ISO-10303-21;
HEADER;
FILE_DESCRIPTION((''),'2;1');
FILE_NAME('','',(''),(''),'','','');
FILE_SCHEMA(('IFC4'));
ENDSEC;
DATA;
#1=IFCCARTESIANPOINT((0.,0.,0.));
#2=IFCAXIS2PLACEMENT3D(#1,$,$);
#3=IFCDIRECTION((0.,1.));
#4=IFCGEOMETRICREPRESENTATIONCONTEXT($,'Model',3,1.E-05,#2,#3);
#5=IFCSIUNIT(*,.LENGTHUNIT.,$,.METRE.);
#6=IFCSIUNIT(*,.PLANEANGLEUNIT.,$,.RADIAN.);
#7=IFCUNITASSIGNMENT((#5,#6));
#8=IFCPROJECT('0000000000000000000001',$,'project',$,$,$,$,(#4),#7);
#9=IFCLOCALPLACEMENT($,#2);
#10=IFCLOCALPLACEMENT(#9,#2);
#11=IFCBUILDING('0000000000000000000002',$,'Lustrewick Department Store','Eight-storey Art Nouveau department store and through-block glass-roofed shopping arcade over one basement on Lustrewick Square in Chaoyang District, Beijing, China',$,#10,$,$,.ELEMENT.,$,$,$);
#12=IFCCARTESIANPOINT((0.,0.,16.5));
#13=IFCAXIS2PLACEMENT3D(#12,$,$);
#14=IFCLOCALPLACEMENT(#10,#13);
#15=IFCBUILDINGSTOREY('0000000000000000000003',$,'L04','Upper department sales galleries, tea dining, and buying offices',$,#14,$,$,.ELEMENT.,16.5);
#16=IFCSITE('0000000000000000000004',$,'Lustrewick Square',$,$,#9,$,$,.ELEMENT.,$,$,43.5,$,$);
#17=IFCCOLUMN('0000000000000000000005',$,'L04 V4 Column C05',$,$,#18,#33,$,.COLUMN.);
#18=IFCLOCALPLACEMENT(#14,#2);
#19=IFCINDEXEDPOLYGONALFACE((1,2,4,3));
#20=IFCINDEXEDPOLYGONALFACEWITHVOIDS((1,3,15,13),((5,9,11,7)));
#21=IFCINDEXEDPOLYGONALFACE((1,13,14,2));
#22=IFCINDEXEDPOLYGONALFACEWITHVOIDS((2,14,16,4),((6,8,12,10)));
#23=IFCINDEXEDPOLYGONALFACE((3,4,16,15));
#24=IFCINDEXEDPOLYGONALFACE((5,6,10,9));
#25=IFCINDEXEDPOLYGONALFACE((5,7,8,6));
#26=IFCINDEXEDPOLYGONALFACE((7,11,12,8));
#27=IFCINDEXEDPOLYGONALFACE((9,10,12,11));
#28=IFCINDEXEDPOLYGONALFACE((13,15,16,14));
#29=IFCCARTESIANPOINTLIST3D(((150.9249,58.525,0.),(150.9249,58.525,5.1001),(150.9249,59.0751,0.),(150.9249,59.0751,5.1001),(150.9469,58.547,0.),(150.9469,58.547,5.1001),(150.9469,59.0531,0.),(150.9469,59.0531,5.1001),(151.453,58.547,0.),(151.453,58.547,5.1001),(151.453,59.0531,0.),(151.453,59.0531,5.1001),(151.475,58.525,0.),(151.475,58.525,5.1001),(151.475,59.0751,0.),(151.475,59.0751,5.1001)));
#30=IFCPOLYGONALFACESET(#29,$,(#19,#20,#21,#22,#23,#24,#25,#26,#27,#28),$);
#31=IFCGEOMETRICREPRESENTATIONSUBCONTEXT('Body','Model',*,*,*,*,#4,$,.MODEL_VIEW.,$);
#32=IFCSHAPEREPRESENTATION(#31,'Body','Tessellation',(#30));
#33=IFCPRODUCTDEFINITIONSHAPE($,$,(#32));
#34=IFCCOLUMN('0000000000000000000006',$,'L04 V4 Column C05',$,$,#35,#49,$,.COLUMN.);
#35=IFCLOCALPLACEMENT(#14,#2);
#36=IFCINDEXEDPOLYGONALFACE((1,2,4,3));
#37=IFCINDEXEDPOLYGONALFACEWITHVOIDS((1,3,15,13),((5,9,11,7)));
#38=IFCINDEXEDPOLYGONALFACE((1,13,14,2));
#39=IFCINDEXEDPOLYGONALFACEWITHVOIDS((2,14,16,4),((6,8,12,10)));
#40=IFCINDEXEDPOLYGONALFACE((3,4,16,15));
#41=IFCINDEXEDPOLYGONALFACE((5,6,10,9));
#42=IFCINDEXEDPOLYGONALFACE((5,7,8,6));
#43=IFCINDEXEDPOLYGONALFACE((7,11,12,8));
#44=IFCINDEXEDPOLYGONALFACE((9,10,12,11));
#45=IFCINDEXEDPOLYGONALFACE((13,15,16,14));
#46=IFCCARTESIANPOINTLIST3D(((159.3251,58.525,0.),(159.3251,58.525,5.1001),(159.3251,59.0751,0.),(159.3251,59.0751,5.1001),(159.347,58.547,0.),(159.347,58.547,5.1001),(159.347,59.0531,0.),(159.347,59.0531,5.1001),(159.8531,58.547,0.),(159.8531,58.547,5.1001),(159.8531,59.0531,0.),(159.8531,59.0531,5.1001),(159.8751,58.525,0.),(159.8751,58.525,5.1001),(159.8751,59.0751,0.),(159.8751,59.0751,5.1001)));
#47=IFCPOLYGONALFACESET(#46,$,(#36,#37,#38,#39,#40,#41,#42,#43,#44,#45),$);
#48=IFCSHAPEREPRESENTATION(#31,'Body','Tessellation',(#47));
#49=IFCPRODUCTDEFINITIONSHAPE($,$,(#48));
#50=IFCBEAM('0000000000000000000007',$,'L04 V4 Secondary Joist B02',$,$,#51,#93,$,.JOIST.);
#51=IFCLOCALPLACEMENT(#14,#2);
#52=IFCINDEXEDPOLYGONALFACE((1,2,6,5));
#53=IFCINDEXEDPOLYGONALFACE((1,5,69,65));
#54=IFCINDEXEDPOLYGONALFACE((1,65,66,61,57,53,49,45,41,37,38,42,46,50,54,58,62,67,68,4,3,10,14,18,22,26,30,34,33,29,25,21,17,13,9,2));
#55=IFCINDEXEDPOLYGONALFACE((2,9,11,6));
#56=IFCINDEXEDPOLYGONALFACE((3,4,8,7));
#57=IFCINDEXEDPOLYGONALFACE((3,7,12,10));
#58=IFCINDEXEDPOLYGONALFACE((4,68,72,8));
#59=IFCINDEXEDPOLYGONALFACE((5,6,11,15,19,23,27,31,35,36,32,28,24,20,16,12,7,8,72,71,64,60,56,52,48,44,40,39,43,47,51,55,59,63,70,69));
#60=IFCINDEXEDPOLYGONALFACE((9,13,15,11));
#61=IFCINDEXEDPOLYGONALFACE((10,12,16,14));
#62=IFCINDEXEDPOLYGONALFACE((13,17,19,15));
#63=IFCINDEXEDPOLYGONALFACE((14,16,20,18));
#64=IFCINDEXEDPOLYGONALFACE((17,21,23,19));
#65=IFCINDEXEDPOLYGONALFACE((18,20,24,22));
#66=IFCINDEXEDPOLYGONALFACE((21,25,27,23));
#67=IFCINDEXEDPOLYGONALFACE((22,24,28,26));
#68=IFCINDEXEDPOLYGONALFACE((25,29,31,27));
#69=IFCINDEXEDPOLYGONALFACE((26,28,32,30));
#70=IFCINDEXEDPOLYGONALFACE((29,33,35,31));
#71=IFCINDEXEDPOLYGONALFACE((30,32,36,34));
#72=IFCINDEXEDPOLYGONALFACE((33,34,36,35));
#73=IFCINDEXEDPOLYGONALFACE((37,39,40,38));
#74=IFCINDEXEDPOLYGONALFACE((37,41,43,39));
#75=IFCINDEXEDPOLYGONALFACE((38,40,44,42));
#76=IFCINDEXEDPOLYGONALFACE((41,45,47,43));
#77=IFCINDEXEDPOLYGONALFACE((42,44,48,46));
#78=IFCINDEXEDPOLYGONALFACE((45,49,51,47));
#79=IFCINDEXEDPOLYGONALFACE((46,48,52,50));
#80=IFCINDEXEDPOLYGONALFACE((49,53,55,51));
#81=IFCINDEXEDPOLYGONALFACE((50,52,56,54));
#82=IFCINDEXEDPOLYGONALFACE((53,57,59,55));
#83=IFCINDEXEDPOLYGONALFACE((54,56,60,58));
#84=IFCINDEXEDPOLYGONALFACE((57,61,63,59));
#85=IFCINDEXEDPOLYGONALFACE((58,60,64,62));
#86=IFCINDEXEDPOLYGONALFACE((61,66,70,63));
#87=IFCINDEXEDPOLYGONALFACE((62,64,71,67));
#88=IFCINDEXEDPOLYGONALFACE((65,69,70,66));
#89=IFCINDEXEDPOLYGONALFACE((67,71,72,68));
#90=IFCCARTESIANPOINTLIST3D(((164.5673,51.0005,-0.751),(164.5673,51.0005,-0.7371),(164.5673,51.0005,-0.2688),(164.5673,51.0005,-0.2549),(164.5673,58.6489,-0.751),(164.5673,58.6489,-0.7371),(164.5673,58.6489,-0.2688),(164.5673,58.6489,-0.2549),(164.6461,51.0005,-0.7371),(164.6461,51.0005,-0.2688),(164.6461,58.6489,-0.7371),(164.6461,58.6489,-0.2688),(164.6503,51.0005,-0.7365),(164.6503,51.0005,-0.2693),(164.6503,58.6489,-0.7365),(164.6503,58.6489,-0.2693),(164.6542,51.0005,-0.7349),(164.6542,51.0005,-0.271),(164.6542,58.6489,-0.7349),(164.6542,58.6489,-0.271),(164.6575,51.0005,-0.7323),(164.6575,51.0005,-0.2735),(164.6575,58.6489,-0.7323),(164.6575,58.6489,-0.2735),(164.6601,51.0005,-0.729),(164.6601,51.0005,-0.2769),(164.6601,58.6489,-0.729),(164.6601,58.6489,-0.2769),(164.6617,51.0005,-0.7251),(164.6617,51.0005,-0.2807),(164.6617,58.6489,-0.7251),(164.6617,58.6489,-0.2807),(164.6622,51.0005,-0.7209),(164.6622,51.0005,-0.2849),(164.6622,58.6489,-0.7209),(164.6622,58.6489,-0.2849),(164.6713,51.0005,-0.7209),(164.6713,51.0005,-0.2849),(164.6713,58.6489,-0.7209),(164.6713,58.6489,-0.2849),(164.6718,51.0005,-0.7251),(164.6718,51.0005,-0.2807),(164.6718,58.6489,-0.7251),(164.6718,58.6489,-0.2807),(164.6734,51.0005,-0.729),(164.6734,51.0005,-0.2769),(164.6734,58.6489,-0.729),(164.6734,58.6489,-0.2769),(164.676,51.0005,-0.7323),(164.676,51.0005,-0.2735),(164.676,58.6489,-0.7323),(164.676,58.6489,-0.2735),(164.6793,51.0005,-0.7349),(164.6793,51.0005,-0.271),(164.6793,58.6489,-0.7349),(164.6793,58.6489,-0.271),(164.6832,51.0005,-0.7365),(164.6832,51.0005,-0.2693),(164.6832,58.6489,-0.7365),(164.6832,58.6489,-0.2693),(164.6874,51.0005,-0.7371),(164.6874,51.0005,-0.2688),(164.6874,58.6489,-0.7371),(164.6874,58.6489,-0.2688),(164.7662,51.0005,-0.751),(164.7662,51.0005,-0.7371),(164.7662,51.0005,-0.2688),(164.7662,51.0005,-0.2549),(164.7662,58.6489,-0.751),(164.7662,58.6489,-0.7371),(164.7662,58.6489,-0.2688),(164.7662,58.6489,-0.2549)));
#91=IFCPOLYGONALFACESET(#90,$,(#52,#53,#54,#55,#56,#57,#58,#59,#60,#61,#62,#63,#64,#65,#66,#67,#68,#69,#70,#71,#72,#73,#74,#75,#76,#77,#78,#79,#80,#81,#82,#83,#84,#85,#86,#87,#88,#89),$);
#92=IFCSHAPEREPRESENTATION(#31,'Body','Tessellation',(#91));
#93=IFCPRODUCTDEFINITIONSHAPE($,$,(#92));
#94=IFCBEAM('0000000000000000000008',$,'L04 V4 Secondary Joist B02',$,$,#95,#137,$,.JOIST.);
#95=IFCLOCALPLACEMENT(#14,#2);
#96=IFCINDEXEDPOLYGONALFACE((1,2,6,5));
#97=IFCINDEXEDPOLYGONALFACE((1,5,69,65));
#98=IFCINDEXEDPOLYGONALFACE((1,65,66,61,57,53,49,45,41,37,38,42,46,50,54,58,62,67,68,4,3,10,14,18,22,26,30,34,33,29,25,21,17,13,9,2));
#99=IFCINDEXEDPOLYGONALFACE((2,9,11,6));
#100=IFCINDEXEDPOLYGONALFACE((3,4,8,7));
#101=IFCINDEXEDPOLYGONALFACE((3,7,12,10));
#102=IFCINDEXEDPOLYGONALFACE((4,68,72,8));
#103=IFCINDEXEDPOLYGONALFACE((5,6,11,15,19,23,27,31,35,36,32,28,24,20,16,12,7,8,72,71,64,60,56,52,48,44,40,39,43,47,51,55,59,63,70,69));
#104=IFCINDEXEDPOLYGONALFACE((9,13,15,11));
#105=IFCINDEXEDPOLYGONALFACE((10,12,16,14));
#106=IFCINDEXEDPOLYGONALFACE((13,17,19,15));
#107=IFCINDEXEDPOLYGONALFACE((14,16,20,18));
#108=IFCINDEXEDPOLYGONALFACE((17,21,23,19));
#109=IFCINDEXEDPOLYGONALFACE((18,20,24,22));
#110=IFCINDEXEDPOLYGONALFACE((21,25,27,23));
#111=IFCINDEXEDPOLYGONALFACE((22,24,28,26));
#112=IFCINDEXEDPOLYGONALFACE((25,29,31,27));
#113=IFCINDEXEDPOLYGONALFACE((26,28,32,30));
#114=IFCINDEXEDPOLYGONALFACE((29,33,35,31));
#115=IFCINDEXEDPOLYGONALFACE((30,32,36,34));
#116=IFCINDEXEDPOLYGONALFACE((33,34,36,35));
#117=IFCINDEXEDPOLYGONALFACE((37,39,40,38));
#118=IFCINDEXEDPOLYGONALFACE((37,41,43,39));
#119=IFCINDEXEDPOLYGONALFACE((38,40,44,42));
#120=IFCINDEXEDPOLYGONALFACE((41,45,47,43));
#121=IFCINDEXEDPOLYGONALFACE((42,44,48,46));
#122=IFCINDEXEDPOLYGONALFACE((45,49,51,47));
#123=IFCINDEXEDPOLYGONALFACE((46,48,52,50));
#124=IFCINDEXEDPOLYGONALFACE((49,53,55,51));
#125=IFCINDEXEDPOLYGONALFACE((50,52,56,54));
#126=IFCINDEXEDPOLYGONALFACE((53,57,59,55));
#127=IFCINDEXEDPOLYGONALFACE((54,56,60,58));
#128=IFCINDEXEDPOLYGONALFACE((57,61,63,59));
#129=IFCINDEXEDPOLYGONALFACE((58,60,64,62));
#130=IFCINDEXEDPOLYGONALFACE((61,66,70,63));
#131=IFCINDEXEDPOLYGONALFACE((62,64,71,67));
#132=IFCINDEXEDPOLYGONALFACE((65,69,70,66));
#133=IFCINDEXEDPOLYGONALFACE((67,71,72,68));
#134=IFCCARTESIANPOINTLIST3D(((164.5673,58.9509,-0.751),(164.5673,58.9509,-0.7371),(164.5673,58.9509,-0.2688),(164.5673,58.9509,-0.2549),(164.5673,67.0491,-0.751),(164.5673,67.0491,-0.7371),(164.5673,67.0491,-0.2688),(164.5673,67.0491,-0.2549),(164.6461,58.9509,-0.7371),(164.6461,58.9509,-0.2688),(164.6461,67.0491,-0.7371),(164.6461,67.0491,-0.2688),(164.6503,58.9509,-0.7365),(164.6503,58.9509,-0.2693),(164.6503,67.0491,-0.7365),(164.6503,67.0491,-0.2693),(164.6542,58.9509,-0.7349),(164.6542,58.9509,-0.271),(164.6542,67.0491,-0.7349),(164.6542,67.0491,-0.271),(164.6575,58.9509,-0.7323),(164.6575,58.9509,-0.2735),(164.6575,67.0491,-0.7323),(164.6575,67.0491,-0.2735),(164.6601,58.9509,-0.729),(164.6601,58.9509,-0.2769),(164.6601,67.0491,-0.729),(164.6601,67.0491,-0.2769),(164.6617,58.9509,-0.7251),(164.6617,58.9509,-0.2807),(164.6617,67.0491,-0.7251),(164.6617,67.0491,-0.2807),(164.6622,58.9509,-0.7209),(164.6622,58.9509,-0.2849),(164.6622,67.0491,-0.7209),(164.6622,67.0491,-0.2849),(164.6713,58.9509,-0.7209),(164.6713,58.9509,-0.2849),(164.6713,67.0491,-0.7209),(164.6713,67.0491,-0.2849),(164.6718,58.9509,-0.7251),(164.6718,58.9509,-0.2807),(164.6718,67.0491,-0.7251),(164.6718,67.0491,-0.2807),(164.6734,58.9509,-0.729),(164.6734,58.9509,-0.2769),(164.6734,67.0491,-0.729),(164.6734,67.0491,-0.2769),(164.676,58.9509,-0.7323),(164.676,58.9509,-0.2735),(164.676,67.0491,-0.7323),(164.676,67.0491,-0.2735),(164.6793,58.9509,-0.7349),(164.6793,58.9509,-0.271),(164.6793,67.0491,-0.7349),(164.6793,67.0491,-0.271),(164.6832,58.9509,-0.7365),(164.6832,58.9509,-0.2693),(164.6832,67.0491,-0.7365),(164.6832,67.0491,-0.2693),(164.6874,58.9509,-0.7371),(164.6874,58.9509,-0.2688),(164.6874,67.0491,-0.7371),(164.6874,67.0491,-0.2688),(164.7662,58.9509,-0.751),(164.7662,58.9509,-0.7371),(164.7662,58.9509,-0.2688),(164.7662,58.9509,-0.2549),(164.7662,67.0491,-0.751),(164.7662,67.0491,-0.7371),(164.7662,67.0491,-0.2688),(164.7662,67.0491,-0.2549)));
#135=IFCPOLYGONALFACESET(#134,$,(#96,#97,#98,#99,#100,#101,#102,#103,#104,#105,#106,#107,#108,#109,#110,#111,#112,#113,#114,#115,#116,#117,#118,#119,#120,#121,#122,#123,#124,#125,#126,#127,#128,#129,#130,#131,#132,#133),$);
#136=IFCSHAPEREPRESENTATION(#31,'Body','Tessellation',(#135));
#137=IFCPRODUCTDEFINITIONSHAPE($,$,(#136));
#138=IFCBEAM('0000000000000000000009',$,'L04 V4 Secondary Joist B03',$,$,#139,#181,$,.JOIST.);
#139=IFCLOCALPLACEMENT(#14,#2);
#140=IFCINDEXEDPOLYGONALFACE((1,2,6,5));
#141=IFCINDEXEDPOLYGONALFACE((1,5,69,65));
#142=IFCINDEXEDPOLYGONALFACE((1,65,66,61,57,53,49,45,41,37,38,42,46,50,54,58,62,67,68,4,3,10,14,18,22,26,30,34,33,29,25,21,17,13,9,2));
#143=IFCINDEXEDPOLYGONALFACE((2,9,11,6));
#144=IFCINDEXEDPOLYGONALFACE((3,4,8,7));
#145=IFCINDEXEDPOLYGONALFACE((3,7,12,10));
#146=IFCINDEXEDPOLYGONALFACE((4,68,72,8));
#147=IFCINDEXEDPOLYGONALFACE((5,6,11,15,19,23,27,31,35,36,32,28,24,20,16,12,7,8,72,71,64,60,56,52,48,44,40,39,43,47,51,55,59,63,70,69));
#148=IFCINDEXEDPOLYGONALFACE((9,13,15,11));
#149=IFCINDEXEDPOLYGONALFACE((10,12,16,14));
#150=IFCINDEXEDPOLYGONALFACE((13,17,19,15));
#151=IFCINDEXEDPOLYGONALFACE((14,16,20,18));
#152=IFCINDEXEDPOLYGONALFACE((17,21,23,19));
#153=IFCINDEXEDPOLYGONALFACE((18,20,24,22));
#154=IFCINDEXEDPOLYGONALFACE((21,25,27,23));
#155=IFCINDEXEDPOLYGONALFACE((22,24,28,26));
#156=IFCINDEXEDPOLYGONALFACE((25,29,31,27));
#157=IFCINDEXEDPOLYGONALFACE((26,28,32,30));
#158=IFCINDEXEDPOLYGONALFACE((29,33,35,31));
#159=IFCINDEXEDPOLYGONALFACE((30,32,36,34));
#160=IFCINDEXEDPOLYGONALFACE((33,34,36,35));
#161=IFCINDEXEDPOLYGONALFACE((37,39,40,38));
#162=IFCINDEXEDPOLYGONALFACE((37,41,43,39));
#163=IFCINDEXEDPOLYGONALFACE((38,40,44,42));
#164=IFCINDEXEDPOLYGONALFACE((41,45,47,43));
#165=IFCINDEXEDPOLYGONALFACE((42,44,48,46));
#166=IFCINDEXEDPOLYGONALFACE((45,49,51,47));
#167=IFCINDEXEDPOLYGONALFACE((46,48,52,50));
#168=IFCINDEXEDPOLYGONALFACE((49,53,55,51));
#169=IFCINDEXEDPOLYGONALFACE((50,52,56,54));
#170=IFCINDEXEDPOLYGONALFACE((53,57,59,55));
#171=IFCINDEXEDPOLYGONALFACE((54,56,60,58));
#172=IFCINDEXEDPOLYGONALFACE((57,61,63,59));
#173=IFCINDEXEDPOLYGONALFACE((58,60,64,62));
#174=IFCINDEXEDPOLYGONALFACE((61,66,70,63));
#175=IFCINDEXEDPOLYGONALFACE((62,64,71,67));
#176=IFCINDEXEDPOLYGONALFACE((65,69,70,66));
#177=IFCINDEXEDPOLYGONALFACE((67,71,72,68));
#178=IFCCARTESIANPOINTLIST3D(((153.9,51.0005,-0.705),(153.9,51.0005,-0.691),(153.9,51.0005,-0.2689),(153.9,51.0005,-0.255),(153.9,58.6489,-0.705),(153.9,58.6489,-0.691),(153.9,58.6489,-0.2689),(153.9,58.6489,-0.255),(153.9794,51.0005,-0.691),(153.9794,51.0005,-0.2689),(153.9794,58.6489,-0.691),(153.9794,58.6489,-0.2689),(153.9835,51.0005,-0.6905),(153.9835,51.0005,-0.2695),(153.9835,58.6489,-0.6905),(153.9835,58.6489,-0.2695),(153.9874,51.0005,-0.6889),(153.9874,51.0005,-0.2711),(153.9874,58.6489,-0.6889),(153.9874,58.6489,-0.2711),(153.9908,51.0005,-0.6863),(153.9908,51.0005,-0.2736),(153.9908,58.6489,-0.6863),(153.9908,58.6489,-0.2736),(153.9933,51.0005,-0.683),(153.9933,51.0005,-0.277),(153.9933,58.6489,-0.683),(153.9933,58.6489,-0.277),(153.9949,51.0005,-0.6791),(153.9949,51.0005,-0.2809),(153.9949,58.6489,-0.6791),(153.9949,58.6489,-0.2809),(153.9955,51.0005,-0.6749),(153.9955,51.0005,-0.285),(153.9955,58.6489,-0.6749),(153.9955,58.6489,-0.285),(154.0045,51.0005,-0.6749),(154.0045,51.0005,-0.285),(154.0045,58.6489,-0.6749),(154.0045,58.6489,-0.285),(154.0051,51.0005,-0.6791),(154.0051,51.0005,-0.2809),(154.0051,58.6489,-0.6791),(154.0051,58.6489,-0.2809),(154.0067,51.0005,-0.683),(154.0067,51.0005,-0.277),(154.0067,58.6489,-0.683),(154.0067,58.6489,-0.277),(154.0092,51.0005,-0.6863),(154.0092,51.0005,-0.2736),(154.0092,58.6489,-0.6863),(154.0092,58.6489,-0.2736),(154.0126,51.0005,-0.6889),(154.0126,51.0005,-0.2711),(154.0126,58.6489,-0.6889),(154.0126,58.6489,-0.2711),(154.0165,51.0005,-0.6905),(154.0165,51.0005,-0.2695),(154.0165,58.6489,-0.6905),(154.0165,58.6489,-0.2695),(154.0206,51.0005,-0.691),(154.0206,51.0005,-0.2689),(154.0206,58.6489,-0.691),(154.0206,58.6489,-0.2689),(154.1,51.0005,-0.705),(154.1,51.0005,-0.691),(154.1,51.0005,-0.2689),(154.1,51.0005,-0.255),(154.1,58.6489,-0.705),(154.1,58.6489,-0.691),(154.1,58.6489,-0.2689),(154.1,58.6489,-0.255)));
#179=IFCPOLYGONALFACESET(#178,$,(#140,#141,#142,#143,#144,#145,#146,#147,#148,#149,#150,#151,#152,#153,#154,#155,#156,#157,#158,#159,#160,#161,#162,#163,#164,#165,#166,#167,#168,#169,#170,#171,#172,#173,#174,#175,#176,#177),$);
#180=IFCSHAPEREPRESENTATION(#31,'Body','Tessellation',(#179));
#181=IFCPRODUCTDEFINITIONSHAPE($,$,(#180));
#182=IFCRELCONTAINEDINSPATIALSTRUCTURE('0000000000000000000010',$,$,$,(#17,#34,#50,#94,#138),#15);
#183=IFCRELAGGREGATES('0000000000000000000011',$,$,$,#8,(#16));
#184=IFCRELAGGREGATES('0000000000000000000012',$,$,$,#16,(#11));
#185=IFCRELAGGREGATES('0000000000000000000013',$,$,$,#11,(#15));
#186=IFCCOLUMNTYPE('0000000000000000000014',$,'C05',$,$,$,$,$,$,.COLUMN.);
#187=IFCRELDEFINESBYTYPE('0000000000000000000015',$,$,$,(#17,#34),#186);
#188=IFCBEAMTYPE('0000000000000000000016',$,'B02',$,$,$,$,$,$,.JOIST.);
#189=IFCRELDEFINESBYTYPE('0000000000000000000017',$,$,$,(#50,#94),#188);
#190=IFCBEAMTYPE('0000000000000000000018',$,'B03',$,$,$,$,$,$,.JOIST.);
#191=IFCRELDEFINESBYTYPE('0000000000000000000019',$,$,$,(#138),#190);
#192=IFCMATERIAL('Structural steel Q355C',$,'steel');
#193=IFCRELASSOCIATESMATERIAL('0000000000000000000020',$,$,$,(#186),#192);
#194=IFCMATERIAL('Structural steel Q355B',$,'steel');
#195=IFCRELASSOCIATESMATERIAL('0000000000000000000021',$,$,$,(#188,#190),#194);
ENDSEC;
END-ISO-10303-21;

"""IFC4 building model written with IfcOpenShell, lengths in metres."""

from ifc_helpers import new_model, si_unit, direction, frame, origin, origin_2d, place, context, subcontext, project, spatial, hollow_rectangle, i_section, extrude, material, material_profile, profile_set, type_object, element, save


model = new_model("IFC4")

# Units and contexts
model_context = context("Model", 3, precision=1e-05, world=origin(), true_north=direction((0.0, 1.0)))
body_context = subcontext(model_context, "Body", "Model", "MODEL_VIEW")
ifc_project = project(units=[si_unit("LENGTHUNIT", "METRE"), si_unit("PLANEANGLEUNIT", "RADIAN")], contexts=[model_context])

# Site, building, storey
site_placement = place(None, origin())
site = spatial("IfcSite", under=ifc_project, at=site_placement, Name="Lustrewick Square", CompositionType="ELEMENT", RefElevation=43.5)
building_placement = place(site_placement, origin())
building = spatial("IfcBuilding", under=site, at=building_placement, Name="Lustrewick Department Store", Description="Eight-storey Art Nouveau department store and through-block glass-roofed shopping arcade over one basement on Lustrewick Square in Chaoyang District, Beijing, China", CompositionType="ELEMENT")
storey_placement = place(building_placement, frame((0.0, 0.0, 16.5)))
storey = spatial("IfcBuildingStorey", under=building, at=storey_placement, Name="L04", Description="Upper department sales galleries, tea dining, and buying offices", CompositionType="ELEMENT", Elevation=16.5)

# Columns
ifc_material_1 = material(Name="Structural steel Q355C", Category="steel")
ifc_material_profile_1 = material_profile(ifc_material_1, hollow_rectangle(XDim=0.55, YDim=0.55, WallThickness=0.022, at=origin_2d()), Name="BOX 550x550x22")
ifc_profile_set_1 = profile_set([ifc_material_profile_1], Name="Structural steel Q355C")
column_type = type_object("IfcColumnType", Name="C05", PredefinedType="COLUMN", material=ifc_profile_set_1)
for number, where, z_axis, x_axis, name in (
    (1, (151.2, 58.8, 0.0), (0.0, 0.0, 1.0), (1.0, 0.0, 0.0), "L04 V4 Column C05"),
    (2, (159.6001, 58.8, 0.0), (0.0, 0.0, 1.0), (1.0, 0.0, 0.0), "L04 V4 Column C05"),
):
    element("IfcColumn", number, at=place(storey_placement, frame(where, z_axis=z_axis, x_axis=x_axis)), inside=storey, type_object=column_type, Name=name, PredefinedType="COLUMN", context=body_context, shape_type="SweptSolid", body=[
        extrude(hollow_rectangle(XDim=0.55, YDim=0.55, WallThickness=0.022, at=origin_2d()), origin(), (0.0, 0.0, 1.0), 5.1001),
    ])

# Beams
ifc_material_2 = material(Name="Structural steel Q355B", Category="steel")
ifc_material_profile_2 = material_profile(ifc_material_2, i_section(OverallWidth=0.199, OverallDepth=0.4961, WebThickness=0.009, FlangeThickness=0.0139, FilletRadius=0.0161, at=origin_2d()), Name="HN 496x199x9x14")
ifc_profile_set_2 = profile_set([ifc_material_profile_2], Name="Structural steel Q355B")
beam_type_1 = type_object("IfcBeamType", Name="B02", PredefinedType="JOIST", material=ifc_profile_set_2)
beam_1_placement = place(storey_placement, frame((164.6667, 51.0005, -0.5029), z_axis=(0.0, 1.0, 0.0), x_axis=(-1.0, 0.0, 0.0)))
element("IfcBeam", 3, at=beam_1_placement, inside=storey, type_object=beam_type_1, Name="L04 V4 Secondary Joist B02", PredefinedType="JOIST", context=body_context, shape_type="SweptSolid", body=[
    extrude(i_section(OverallWidth=0.199, OverallDepth=0.4961, WebThickness=0.009, FlangeThickness=0.0139, FilletRadius=0.0161, at=origin_2d()), origin(), (0.0, 0.0, 1.0), 7.6484),
])
beam_2_placement = place(storey_placement, frame((164.6667, 58.9509, -0.5029), z_axis=(0.0, 1.0, 0.0), x_axis=(-1.0, 0.0, 0.0)))
element("IfcBeam", 4, at=beam_2_placement, inside=storey, type_object=beam_type_1, Name="L04 V4 Secondary Joist B02", PredefinedType="JOIST", context=body_context, shape_type="SweptSolid", body=[
    extrude(i_section(OverallWidth=0.199, OverallDepth=0.4961, WebThickness=0.009, FlangeThickness=0.0139, FilletRadius=0.0161, at=origin_2d()), origin(), (0.0, 0.0, 1.0), 8.0981),
])
ifc_material_profile_3 = material_profile(ifc_material_2, i_section(OverallWidth=0.2, OverallDepth=0.45, WebThickness=0.009, FlangeThickness=0.0139, FilletRadius=0.0161, at=origin_2d()), Name="HN 450x200x9x14")
ifc_profile_set_3 = profile_set([ifc_material_profile_3], Name="Structural steel Q355B")
beam_type_2 = type_object("IfcBeamType", Name="B03", PredefinedType="JOIST", material=ifc_profile_set_3)
beam_3_placement = place(storey_placement, frame((154.0, 51.0005, -0.48), z_axis=(0.0, 1.0, 0.0), x_axis=(-1.0, 0.0, 0.0)))
element("IfcBeam", 5, at=beam_3_placement, inside=storey, type_object=beam_type_2, Name="L04 V4 Secondary Joist B03", PredefinedType="JOIST", context=body_context, shape_type="SweptSolid", body=[
    extrude(i_section(OverallWidth=0.2, OverallDepth=0.45, WebThickness=0.009, FlangeThickness=0.0139, FilletRadius=0.0161, at=origin_2d()), origin(), (0.0, 0.0, 1.0), 7.6484),
])

save(model, "model.ifc")
